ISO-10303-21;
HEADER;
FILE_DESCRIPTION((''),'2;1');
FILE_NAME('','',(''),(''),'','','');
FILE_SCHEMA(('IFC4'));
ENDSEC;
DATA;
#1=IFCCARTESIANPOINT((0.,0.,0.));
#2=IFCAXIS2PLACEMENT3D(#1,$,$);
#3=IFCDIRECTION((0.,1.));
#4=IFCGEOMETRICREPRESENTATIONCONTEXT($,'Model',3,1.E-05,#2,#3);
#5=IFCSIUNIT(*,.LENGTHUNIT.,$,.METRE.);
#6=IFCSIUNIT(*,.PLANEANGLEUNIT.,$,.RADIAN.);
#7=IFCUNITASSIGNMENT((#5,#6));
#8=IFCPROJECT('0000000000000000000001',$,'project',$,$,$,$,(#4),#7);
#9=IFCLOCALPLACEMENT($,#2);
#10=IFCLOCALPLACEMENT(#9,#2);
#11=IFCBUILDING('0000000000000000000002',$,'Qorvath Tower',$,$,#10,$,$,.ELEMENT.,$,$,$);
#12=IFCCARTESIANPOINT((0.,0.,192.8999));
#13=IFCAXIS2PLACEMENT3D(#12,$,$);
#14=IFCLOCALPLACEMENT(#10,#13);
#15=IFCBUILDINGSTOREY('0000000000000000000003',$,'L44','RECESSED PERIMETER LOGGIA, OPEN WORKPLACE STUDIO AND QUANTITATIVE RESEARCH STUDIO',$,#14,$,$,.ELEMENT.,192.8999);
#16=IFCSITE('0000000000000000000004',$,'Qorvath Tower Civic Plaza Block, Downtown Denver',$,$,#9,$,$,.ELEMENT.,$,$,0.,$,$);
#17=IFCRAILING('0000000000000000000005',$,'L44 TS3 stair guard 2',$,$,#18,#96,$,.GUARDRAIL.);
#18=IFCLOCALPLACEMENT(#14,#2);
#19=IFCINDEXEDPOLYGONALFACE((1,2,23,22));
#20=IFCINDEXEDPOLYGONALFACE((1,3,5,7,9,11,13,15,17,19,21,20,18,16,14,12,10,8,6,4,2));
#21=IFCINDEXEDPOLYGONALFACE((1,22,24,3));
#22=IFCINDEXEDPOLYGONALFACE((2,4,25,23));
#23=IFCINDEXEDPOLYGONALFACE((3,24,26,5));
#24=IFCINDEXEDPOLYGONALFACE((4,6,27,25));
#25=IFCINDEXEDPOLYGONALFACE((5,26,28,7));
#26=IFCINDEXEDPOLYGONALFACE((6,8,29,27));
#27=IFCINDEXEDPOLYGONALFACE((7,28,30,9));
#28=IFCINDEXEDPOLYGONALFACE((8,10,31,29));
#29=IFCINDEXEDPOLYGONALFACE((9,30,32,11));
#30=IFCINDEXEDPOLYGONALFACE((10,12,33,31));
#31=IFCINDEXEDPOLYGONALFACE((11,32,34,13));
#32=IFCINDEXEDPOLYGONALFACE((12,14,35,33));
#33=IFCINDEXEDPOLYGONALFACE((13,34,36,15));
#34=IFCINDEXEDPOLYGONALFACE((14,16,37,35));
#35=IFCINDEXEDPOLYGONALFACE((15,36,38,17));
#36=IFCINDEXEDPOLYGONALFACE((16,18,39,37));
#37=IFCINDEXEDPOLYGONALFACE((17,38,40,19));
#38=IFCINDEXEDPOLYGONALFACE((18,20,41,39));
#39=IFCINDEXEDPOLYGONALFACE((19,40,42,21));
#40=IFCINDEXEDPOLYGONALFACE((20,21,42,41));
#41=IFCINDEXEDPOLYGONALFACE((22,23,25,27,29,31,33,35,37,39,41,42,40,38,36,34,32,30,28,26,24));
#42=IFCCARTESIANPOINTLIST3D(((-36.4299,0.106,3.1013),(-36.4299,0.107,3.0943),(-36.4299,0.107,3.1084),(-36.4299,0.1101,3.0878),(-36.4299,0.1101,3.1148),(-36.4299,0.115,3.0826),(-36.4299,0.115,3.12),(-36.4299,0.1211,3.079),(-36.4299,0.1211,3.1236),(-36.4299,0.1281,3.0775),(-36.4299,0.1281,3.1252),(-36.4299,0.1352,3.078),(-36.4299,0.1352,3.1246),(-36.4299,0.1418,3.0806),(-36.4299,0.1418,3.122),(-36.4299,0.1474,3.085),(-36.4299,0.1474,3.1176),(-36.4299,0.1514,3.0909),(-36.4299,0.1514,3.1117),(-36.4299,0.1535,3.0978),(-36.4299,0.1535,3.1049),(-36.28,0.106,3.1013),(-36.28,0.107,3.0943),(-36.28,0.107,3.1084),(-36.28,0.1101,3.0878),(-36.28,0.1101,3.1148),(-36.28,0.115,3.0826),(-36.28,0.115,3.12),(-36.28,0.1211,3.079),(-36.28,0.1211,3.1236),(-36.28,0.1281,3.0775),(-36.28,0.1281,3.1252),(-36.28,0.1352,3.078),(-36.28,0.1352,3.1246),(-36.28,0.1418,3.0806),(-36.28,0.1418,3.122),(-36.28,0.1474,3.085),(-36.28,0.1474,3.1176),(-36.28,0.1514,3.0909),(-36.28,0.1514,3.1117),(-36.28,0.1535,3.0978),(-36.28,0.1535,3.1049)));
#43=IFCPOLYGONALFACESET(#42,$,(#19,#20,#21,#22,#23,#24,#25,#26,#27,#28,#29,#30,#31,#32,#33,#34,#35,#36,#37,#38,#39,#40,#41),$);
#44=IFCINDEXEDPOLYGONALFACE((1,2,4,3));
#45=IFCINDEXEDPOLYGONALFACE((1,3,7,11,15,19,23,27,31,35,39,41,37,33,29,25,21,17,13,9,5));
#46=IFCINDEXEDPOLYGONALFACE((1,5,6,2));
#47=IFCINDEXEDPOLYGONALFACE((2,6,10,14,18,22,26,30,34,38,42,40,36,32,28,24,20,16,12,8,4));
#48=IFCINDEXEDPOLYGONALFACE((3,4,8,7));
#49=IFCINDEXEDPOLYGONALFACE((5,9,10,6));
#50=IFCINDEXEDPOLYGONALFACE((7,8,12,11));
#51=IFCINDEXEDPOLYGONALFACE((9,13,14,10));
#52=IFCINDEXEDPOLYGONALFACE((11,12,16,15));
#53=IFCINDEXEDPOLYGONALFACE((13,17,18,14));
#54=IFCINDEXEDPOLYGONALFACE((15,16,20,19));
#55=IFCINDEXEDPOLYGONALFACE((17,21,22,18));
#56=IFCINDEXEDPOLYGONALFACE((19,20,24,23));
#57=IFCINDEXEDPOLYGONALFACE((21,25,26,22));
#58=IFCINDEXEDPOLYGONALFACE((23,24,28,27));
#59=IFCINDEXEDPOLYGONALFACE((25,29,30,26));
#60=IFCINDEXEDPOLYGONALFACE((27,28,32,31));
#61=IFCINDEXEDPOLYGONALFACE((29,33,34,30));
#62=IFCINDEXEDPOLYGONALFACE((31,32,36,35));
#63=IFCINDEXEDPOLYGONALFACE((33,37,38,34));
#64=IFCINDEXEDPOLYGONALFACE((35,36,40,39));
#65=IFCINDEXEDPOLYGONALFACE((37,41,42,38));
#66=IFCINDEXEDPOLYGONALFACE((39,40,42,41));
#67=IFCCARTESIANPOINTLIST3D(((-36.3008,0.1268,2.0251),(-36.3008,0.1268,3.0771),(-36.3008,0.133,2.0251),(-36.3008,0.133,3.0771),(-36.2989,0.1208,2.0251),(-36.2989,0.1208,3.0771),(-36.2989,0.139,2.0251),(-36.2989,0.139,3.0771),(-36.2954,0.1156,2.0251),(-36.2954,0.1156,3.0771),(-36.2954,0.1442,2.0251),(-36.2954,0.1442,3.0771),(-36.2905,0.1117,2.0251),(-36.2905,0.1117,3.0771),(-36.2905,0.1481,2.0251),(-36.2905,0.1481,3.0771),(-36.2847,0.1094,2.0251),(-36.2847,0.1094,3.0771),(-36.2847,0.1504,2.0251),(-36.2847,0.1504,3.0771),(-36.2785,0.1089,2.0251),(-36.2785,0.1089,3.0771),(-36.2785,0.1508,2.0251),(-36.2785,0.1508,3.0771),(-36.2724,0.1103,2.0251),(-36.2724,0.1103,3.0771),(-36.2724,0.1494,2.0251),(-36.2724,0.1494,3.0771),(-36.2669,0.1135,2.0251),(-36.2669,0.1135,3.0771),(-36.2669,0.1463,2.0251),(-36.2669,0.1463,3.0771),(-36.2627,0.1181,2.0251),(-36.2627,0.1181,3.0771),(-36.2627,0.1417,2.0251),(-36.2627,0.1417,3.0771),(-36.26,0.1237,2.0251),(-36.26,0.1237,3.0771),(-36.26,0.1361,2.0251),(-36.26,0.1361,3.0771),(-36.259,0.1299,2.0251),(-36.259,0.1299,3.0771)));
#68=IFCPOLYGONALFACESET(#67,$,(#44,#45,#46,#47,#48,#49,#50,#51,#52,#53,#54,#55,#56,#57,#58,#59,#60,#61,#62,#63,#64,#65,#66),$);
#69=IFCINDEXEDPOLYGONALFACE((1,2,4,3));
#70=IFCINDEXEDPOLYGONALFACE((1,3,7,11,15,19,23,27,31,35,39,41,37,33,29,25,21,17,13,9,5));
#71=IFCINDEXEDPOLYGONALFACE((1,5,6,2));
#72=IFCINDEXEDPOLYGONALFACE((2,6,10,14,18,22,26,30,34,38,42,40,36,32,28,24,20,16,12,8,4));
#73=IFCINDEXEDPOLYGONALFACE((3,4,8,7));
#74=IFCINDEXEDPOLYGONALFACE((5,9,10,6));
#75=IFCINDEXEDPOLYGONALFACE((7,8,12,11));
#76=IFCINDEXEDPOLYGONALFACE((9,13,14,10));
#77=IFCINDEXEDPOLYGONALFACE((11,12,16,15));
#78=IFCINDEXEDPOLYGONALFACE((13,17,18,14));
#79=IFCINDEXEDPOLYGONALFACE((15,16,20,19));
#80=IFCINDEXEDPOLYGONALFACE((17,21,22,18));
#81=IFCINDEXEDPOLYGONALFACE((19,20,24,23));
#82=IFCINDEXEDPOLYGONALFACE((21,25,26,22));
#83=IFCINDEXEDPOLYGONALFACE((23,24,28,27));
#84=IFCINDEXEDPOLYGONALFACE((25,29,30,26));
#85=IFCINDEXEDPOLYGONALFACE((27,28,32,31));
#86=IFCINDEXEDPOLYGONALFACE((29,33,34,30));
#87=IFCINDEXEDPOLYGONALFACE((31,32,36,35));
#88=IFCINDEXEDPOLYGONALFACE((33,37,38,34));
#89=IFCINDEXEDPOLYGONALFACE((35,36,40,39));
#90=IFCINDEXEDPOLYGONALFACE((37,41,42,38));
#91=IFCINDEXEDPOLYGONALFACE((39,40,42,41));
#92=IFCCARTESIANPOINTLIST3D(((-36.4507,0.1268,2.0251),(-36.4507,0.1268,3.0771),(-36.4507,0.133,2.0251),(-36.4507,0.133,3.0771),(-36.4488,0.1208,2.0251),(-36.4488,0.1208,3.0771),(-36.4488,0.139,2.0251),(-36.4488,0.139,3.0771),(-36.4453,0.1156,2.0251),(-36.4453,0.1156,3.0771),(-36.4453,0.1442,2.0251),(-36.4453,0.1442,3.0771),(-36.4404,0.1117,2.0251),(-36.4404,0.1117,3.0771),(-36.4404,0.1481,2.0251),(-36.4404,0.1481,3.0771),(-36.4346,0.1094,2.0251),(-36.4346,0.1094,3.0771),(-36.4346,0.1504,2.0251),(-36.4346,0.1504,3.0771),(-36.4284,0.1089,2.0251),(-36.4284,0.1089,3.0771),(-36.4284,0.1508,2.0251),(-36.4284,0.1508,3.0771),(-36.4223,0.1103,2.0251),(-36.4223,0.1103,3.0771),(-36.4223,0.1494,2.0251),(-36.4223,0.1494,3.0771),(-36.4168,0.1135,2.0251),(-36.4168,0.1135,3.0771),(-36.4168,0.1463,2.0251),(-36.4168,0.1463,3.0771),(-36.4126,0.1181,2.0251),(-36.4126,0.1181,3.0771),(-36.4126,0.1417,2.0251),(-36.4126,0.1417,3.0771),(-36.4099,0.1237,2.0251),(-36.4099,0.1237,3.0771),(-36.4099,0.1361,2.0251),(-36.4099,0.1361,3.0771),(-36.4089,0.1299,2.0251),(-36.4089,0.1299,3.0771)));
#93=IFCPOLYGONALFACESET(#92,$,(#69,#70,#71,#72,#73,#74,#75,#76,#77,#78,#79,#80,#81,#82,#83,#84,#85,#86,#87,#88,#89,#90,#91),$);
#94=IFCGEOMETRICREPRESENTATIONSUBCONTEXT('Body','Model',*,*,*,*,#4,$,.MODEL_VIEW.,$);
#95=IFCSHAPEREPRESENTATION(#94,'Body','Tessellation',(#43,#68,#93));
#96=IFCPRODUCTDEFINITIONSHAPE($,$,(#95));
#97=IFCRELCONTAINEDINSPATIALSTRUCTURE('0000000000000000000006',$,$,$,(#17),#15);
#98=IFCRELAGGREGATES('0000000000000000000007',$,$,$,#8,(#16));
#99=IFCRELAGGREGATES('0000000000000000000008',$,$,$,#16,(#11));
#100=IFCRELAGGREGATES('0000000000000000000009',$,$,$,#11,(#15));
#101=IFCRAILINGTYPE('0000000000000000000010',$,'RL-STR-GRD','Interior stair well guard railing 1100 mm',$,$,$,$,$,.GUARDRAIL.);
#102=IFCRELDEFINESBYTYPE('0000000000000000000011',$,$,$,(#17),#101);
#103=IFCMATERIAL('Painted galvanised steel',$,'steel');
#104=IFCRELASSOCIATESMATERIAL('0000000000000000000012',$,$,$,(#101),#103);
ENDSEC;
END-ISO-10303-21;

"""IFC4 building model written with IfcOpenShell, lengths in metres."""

from ifc_helpers import new_model, si_unit, direction, frame, origin, origin_2d, place, context, subcontext, project, spatial, circle, extrude, material, type_object, element, save


model = new_model("IFC4")

# Units and contexts
model_context = context("Model", 3, precision=1e-05, world=origin(), true_north=direction((0.0, 1.0)))
body_context = subcontext(model_context, "Body", "Model", "MODEL_VIEW")
ifc_project = project(units=[si_unit("LENGTHUNIT", "METRE"), si_unit("PLANEANGLEUNIT", "RADIAN")], contexts=[model_context])

# Site, building, storey
site_placement = place(None, origin())
site = spatial("IfcSite", under=ifc_project, at=site_placement, Name="Qorvath Tower Civic Plaza Block, Downtown Denver", CompositionType="ELEMENT", RefElevation=0.0)
building_placement = place(site_placement, origin())
building = spatial("IfcBuilding", under=site, at=building_placement, Name="Qorvath Tower", CompositionType="ELEMENT")
storey_placement = place(building_placement, frame((0.0, 0.0, 192.8999)))
storey = spatial("IfcBuildingStorey", under=building, at=storey_placement, Name="L44", Description="RECESSED PERIMETER LOGGIA, OPEN WORKPLACE STUDIO AND QUANTITATIVE RESEARCH STUDIO", CompositionType="ELEMENT", Elevation=192.8999)

# Railing
ifc_material_1 = material(Name="Painted galvanised steel", Category="steel")
railing_type = type_object("IfcRailingType", Name="RL-STR-GRD", Description="Interior stair well guard railing 1100 mm", PredefinedType="GUARDRAIL", material=ifc_material_1)
railing_1_placement = place(storey_placement, frame((-36.28, 0.1299, 2.0251)))
element("IfcRailing", 1, at=railing_1_placement, inside=storey, type_object=railing_type, Name="L44 TS3 stair guard 2", PredefinedType="GUARDRAIL", context=body_context, shape_type="SweptSolid", body=[
    extrude(circle(Radius=0.0239, at=origin_2d()), frame((0.0, 0.0, 1.0762), z_axis=(-1.0, 0.0, 0.0), x_axis=(0.0, -1.0, 0.0)), (0.0, 0.0, 1.0), 0.1499),
    extrude(circle(Radius=0.021, at=origin_2d()), origin(), (0.0, 0.0, 1.0), 1.052),
    extrude(circle(Radius=0.021, at=origin_2d()), frame((-0.1499, 0.0, 0.0)), (0.0, 0.0, 1.0), 1.052),
])

save(model, "model.ifc")
